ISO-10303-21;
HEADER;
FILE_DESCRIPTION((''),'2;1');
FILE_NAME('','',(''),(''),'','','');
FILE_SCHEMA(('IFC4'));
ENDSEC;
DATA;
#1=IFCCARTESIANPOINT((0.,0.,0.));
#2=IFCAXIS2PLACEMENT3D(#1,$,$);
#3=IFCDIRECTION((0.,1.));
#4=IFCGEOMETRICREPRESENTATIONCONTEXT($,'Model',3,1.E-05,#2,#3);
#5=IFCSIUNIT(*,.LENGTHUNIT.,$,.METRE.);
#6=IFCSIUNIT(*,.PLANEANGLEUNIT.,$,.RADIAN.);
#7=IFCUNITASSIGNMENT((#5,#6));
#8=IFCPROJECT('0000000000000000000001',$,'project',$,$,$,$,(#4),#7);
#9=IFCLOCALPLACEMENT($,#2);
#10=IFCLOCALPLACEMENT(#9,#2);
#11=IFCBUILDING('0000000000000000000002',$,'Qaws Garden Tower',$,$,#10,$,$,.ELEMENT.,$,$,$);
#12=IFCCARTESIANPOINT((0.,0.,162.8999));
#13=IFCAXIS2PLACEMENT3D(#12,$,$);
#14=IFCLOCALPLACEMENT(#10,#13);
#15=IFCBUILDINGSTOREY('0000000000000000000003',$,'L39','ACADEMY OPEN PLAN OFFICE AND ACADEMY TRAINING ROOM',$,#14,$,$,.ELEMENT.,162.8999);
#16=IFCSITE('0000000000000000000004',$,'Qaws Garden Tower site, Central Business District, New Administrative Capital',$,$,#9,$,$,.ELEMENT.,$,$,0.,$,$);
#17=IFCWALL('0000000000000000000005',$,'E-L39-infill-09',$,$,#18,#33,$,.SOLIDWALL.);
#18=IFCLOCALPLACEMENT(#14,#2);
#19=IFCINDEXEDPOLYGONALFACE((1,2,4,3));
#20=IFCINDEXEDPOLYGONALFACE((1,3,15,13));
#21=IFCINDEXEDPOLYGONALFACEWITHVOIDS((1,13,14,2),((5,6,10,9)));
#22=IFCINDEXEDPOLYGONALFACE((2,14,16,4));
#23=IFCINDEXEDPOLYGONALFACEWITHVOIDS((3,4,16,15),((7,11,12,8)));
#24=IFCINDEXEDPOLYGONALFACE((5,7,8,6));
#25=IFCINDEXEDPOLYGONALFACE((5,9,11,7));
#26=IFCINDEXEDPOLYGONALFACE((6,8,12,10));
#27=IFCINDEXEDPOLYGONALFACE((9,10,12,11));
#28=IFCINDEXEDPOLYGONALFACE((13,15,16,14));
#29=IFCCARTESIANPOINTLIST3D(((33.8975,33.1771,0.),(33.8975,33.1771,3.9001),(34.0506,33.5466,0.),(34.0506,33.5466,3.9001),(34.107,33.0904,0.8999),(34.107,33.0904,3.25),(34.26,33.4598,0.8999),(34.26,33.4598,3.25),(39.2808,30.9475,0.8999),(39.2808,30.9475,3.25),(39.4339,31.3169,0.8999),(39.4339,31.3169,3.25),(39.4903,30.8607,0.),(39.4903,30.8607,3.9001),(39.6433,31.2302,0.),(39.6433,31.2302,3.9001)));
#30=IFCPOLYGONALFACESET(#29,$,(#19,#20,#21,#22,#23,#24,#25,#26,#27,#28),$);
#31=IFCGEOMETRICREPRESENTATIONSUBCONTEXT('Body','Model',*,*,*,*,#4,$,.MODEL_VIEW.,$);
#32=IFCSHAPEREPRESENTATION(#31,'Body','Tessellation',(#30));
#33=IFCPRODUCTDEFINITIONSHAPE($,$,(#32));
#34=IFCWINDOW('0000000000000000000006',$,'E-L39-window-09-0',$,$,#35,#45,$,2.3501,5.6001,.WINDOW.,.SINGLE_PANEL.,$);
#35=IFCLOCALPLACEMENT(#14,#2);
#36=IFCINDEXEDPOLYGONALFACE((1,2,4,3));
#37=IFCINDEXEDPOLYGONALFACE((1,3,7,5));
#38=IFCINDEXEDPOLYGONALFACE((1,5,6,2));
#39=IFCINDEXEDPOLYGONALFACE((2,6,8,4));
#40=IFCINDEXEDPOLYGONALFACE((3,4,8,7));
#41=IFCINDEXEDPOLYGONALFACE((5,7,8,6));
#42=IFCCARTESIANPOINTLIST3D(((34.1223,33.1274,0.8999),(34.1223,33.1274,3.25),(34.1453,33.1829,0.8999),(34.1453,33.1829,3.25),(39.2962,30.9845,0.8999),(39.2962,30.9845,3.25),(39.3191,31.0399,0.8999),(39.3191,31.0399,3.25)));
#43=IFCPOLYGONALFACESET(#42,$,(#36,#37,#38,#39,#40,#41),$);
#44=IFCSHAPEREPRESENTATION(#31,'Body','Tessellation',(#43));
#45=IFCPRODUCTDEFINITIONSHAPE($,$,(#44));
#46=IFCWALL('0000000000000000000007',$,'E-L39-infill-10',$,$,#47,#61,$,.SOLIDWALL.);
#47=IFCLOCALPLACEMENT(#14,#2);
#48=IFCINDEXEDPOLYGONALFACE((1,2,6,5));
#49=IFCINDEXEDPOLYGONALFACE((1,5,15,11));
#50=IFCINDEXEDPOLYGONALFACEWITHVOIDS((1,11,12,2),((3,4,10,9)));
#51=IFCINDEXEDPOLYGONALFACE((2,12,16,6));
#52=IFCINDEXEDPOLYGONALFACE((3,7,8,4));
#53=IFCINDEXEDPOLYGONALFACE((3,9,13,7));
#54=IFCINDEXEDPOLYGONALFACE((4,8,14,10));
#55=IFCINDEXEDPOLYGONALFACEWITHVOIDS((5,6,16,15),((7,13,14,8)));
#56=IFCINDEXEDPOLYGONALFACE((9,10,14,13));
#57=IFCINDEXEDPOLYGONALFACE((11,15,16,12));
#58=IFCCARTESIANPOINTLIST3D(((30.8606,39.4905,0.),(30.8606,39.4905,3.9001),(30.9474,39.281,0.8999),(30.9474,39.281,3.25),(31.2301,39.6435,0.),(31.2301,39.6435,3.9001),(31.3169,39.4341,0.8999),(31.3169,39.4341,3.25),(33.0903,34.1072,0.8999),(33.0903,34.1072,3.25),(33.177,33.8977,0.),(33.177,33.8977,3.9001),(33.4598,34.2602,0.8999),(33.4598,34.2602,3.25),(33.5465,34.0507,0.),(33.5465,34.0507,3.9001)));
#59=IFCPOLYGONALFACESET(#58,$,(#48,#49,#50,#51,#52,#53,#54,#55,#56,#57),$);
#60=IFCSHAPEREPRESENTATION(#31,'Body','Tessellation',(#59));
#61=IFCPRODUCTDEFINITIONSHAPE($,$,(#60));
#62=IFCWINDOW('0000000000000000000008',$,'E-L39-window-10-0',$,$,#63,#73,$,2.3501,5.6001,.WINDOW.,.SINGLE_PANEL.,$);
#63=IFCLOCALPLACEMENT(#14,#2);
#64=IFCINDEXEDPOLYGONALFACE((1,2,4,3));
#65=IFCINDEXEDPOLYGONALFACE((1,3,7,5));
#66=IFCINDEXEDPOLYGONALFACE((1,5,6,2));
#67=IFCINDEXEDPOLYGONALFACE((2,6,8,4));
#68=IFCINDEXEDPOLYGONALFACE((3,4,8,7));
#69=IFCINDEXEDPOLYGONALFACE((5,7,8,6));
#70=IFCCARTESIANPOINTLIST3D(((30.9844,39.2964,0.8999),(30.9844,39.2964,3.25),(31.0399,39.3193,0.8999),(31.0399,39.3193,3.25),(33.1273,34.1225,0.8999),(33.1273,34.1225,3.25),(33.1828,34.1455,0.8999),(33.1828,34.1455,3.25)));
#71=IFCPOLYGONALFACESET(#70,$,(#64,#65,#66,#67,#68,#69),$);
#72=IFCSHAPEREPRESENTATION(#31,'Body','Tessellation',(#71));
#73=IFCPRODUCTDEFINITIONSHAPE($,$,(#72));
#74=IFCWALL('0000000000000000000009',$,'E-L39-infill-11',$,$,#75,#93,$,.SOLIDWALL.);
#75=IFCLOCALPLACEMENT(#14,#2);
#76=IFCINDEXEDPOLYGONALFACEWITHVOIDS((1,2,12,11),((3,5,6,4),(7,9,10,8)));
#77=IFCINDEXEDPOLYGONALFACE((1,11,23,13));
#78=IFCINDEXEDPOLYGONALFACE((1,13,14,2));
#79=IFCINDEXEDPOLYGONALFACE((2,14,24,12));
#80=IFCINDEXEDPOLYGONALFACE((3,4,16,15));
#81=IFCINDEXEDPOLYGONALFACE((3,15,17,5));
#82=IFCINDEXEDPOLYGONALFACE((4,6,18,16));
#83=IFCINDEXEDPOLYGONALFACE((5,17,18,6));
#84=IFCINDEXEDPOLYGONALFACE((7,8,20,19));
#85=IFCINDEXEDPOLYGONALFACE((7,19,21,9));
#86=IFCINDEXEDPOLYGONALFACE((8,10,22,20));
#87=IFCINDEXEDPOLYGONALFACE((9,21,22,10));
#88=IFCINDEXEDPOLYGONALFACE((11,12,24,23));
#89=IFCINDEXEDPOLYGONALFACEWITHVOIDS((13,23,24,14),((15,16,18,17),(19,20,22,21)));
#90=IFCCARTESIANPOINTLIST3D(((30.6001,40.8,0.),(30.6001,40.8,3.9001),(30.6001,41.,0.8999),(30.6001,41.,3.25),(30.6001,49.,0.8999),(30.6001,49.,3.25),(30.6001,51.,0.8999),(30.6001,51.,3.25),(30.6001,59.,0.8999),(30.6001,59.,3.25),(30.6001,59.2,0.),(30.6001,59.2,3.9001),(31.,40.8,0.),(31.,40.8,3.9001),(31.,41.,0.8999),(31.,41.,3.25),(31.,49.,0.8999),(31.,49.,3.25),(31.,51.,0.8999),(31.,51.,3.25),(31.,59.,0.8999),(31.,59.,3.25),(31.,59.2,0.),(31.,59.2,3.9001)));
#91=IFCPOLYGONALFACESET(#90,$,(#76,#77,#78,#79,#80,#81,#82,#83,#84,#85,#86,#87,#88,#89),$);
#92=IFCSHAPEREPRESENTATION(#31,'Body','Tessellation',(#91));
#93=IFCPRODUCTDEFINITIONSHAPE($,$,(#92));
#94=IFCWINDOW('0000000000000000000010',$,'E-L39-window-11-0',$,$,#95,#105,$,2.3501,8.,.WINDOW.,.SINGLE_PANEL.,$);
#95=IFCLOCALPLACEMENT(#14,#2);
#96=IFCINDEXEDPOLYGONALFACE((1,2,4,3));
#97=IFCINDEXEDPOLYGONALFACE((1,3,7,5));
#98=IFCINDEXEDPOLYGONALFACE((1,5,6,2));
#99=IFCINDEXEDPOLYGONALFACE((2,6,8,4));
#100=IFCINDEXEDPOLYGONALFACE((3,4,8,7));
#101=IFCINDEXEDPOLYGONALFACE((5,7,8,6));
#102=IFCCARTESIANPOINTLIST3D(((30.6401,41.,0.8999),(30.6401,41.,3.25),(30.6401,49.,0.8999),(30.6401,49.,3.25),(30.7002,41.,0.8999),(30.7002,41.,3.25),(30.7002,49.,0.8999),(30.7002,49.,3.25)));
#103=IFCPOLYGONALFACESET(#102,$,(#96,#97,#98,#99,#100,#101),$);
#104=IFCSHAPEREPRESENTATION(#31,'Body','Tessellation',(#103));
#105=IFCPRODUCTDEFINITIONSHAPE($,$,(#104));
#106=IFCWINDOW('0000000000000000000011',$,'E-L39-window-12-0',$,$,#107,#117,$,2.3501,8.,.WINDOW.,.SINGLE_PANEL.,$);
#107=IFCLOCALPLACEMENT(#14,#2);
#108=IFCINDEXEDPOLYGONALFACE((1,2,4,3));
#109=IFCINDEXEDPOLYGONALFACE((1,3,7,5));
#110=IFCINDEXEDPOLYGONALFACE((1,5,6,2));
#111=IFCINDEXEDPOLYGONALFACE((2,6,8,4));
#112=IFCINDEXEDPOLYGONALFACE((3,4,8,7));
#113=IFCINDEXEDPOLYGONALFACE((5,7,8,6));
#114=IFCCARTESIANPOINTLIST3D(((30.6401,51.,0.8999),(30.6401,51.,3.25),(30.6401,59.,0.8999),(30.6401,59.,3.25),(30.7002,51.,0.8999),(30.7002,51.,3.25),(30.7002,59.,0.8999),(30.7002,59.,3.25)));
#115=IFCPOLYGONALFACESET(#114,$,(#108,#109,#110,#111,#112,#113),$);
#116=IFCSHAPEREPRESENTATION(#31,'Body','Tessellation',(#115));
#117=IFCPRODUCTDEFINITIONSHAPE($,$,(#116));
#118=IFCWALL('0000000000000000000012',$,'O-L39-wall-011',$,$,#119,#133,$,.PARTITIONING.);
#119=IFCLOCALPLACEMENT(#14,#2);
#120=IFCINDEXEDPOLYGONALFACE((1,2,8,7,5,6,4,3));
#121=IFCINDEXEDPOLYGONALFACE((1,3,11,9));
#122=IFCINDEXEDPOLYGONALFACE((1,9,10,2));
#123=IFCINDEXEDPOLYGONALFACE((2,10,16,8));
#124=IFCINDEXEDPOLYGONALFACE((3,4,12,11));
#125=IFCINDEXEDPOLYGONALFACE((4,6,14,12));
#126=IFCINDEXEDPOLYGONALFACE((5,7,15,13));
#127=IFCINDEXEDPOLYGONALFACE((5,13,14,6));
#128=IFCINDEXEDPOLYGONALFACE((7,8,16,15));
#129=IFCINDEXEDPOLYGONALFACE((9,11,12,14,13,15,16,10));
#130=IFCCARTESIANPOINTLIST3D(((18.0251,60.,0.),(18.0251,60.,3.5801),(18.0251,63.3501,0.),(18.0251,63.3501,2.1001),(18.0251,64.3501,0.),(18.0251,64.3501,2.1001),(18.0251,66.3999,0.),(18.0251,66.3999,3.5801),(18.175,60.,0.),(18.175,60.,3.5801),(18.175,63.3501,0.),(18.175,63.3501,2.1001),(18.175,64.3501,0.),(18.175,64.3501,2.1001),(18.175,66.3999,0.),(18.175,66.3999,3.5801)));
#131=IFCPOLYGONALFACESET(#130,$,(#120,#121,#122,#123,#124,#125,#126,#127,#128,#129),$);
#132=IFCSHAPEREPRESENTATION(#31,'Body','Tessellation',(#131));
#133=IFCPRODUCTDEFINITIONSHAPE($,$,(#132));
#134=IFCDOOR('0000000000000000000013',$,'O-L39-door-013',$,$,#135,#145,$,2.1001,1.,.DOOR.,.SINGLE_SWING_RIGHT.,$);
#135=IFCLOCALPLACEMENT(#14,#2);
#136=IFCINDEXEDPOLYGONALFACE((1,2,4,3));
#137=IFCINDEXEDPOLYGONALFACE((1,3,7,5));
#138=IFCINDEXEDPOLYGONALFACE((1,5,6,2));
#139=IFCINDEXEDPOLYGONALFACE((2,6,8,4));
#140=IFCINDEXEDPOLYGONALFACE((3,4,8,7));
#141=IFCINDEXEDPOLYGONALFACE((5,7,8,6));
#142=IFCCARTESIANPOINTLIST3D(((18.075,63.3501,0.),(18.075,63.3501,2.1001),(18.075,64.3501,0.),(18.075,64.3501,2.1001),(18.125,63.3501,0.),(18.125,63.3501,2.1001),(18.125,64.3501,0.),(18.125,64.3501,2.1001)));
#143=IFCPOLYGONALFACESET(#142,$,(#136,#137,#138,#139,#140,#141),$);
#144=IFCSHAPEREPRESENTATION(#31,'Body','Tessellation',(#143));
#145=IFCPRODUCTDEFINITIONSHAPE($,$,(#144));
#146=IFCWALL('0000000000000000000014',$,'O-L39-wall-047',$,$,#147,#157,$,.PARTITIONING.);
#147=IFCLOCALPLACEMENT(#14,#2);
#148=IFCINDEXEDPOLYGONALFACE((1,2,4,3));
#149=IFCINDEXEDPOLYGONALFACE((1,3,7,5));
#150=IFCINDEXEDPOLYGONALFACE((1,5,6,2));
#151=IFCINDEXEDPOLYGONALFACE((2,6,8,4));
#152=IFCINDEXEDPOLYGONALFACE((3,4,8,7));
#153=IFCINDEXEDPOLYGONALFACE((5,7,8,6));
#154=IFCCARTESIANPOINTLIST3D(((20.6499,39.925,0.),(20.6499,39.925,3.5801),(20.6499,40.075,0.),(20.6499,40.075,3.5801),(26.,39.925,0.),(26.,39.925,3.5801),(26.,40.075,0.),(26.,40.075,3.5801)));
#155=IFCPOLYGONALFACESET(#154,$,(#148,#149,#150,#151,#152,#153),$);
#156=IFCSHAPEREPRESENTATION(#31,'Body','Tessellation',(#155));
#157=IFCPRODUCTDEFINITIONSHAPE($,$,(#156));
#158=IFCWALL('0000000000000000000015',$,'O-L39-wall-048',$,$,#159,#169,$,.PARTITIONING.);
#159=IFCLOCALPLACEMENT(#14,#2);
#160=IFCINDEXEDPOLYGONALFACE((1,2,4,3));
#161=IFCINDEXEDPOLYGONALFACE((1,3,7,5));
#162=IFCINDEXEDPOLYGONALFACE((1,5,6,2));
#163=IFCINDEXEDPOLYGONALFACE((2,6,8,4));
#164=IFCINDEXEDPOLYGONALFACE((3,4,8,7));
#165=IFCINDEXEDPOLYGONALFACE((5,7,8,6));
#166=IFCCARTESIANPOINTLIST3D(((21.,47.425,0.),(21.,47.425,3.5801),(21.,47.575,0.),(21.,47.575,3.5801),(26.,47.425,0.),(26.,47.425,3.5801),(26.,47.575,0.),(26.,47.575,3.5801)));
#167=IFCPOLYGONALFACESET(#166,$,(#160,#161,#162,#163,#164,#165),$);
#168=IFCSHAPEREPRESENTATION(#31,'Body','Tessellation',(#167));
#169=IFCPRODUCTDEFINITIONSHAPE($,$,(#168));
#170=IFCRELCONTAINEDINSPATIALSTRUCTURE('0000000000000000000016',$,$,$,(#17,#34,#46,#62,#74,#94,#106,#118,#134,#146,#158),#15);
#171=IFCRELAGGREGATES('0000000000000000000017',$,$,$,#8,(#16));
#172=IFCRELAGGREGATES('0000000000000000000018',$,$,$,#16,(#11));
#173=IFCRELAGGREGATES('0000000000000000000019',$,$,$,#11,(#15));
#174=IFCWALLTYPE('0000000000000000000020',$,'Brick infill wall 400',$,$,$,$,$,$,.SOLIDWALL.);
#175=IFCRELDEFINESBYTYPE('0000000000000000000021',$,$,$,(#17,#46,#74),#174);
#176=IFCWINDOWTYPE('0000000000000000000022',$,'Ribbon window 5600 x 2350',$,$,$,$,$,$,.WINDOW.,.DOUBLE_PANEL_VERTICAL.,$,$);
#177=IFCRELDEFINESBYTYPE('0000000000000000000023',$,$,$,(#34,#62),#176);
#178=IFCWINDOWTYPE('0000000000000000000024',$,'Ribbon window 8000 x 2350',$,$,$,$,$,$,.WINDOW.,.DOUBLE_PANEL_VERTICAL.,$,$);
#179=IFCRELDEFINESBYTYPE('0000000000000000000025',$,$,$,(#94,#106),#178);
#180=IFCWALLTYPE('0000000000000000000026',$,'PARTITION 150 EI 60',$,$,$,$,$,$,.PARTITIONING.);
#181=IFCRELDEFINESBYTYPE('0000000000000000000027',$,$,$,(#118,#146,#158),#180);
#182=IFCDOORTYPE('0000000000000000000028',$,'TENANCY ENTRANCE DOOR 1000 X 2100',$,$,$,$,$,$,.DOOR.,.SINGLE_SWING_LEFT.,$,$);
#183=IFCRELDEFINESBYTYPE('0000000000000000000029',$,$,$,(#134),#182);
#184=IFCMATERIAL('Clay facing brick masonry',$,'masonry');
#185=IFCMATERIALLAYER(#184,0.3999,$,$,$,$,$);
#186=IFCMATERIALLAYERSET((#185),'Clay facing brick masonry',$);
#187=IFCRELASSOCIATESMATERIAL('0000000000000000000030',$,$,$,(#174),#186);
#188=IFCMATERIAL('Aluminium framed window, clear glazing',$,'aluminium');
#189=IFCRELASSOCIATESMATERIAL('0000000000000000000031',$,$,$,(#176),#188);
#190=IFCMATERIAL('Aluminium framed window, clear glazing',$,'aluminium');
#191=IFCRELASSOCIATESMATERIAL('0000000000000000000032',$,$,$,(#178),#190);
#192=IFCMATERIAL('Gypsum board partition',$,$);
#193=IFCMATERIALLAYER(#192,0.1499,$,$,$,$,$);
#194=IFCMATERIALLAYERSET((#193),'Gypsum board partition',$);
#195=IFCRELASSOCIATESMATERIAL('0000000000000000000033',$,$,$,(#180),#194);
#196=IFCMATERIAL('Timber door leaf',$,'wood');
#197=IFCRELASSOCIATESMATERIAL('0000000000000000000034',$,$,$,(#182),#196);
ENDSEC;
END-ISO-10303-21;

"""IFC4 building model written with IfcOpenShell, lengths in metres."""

from ifc_helpers import new_model, si_unit, direction, frame, frame_2d, origin, place, context, subcontext, project, spatial, rectangle, extrude, material, layer, layer_set, type_object, element, fill, save


model = new_model("IFC4")

# Units and contexts
model_context = context("Model", 3, precision=1e-05, world=origin(), true_north=direction((0.0, 1.0)))
body_context = subcontext(model_context, "Body", "Model", "MODEL_VIEW")
ifc_project = project(units=[si_unit("LENGTHUNIT", "METRE"), si_unit("PLANEANGLEUNIT", "RADIAN")], contexts=[model_context])

# Site, building, storey
site_placement = place(None, origin())
site = spatial("IfcSite", under=ifc_project, at=site_placement, Name="Qaws Garden Tower site, Central Business District, New Administrative Capital", CompositionType="ELEMENT", RefElevation=0.0)
building_placement = place(site_placement, origin())
building = spatial("IfcBuilding", under=site, at=building_placement, Name="Qaws Garden Tower", CompositionType="ELEMENT")
storey_placement = place(building_placement, frame((0.0, 0.0, 162.8999)))
storey = spatial("IfcBuildingStorey", under=building, at=storey_placement, Name="L39", Description="ACADEMY OPEN PLAN OFFICE AND ACADEMY TRAINING ROOM", CompositionType="ELEMENT", Elevation=162.8999)

# Walls, openings, windows
ifc_material_1 = material(Name="Clay facing brick masonry", Category="masonry")
ifc_layer_1 = layer(ifc_material_1, 0.3999)
ifc_layer_set_1 = layer_set([ifc_layer_1], Name="Clay facing brick masonry")
wall_type_1 = type_object("IfcWallType", Name="Brick infill wall 400", PredefinedType="SOLIDWALL", material=ifc_layer_set_1)
wall_1_placement = place(storey_placement, frame((39.5669, 31.0454, 0.0), z_axis=(0.0, 0.0, 1.0), x_axis=(-0.923891, 0.382656, 0.0)))
wall_1 = element("IfcWall", 1, at=wall_1_placement, inside=storey, type_object=wall_type_1, Name="E-L39-infill-09", PredefinedType="SOLIDWALL", context=body_context, shape_type="SweptSolid", body=[
    extrude(rectangle(XDim=6.0535, YDim=0.3999, at=frame_2d((3.0269, 0.0))), origin(), (0.0, 0.0, 1.0), 3.9001),
])
opening_1_placement = place(wall_1_placement, frame((0.2268, 0.0, 0.8999)))
opening_1 = element("IfcOpeningElement", 2, at=opening_1_placement, cuts=wall_1, PredefinedType="OPENING", context=body_context, shape_type="SweptSolid", body=[
    extrude(rectangle(XDim=5.6001, YDim=2.3501, at=frame_2d((2.8, 1.175))), frame((0.0, 0.21, 0.0), z_axis=(0.0, -1.0, 0.0), x_axis=(1.0, 0.0, 0.0)), (0.0, 0.0, 1.0), 0.4199),
])
ifc_material_2 = material(Name="Aluminium framed window, clear glazing", Category="aluminium")
window_type_1 = type_object("IfcWindowType", Name="Ribbon window 5600 x 2350", PartitioningType="DOUBLE_PANEL_VERTICAL", PredefinedType="WINDOW", material=ifc_material_2)
window_1_placement = place(opening_1_placement, origin())
window_1 = element("IfcWindow", 3, at=window_1_placement, inside=storey, type_object=window_type_1, Name="E-L39-window-09-0", OverallHeight=2.3501, OverallWidth=5.6001, PartitioningType="SINGLE_PANEL", PredefinedType="WINDOW", context=body_context, shape_type="SweptSolid", body=[
    extrude(rectangle(XDim=5.6001, YDim=2.3501, at=frame_2d((2.8, 1.175))), frame((0.0, 0.1599, 0.0), z_axis=(0.0, -1.0, 0.0), x_axis=(1.0, 0.0, 0.0)), (0.0, 0.0, 1.0), 0.0601),
])
fill(opening_1, window_1)
wall_2_placement = place(storey_placement, frame((33.3618, 33.9741, 0.0), z_axis=(0.0, 0.0, 1.0), x_axis=(-0.382656, 0.923891, 0.0)))
wall_2 = element("IfcWall", 4, at=wall_2_placement, inside=storey, type_object=wall_type_1, Name="E-L39-infill-10", PredefinedType="SOLIDWALL", context=body_context, shape_type="SweptSolid", body=[
    extrude(rectangle(XDim=6.0535, YDim=0.3999, at=frame_2d((3.0269, 0.0))), origin(), (0.0, 0.0, 1.0), 3.9001),
])
opening_2_placement = place(wall_2_placement, frame((0.2268, 0.0, 0.8999)))
opening_2 = element("IfcOpeningElement", 5, at=opening_2_placement, cuts=wall_2, PredefinedType="OPENING", context=body_context, shape_type="SweptSolid", body=[
    extrude(rectangle(XDim=5.6001, YDim=2.3501, at=frame_2d((2.8, 1.175))), frame((0.0, 0.21, 0.0), z_axis=(0.0, -1.0, 0.0), x_axis=(1.0, 0.0, 0.0)), (0.0, 0.0, 1.0), 0.4199),
])
window_2_placement = place(opening_2_placement, origin())
window_2 = element("IfcWindow", 6, at=window_2_placement, inside=storey, type_object=window_type_1, Name="E-L39-window-10-0", OverallHeight=2.3501, OverallWidth=5.6001, PartitioningType="SINGLE_PANEL", PredefinedType="WINDOW", context=body_context, shape_type="SweptSolid", body=[
    extrude(rectangle(XDim=5.6001, YDim=2.3501, at=frame_2d((2.8, 1.175))), frame((0.0, 0.1599, 0.0), z_axis=(0.0, -1.0, 0.0), x_axis=(1.0, 0.0, 0.0)), (0.0, 0.0, 1.0), 0.0601),
])
fill(opening_2, window_2)

# Wall, openings, windows
wall_3_placement = place(storey_placement, frame((30.8, 40.8, 0.0), z_axis=(0.0, 0.0, 1.0), x_axis=(0.0, 1.0, 0.0)))
wall_3 = element("IfcWall", 7, at=wall_3_placement, inside=storey, type_object=wall_type_1, Name="E-L39-infill-11", PredefinedType="SOLIDWALL", context=body_context, shape_type="SweptSolid", body=[
    extrude(rectangle(XDim=18.3999, YDim=0.3999, at=frame_2d((9.2, 0.0))), origin(), (0.0, 0.0, 1.0), 3.9001),
])
opening_3_placement = place(wall_3_placement, frame((0.2, 0.0, 0.8999)))
opening_3 = element("IfcOpeningElement", 8, at=opening_3_placement, cuts=wall_3, PredefinedType="OPENING", context=body_context, shape_type="SweptSolid", body=[
    extrude(rectangle(XDim=8.0, YDim=2.3501, at=frame_2d((4.0, 1.175))), frame((0.0, 0.21, 0.0), z_axis=(0.0, -1.0, 0.0), x_axis=(1.0, 0.0, 0.0)), (0.0, 0.0, 1.0), 0.4199),
])
opening_4_placement = place(wall_3_placement, frame((10.2, 0.0, 0.8999)))
opening_4 = element("IfcOpeningElement", 9, at=opening_4_placement, cuts=wall_3, PredefinedType="OPENING", context=body_context, shape_type="SweptSolid", body=[
    extrude(rectangle(XDim=8.0, YDim=2.3501, at=frame_2d((4.0, 1.175))), frame((0.0, 0.21, 0.0), z_axis=(0.0, -1.0, 0.0), x_axis=(1.0, 0.0, 0.0)), (0.0, 0.0, 1.0), 0.4199),
])
ifc_material_3 = material(Name="Aluminium framed window, clear glazing", Category="aluminium")
window_type_2 = type_object("IfcWindowType", Name="Ribbon window 8000 x 2350", PartitioningType="DOUBLE_PANEL_VERTICAL", PredefinedType="WINDOW", material=ifc_material_3)
window_3_placement = place(opening_3_placement, origin())
window_3 = element("IfcWindow", 10, at=window_3_placement, inside=storey, type_object=window_type_2, Name="E-L39-window-11-0", OverallHeight=2.3501, OverallWidth=8.0, PartitioningType="SINGLE_PANEL", PredefinedType="WINDOW", context=body_context, shape_type="SweptSolid", body=[
    extrude(rectangle(XDim=8.0, YDim=2.3501, at=frame_2d((4.0, 1.175))), frame((0.0, 0.1599, 0.0), z_axis=(0.0, -1.0, 0.0), x_axis=(1.0, 0.0, 0.0)), (0.0, 0.0, 1.0), 0.0601),
])
fill(opening_3, window_3)
window_4_placement = place(opening_4_placement, origin())
window_4 = element("IfcWindow", 11, at=window_4_placement, inside=storey, type_object=window_type_2, Name="E-L39-window-12-0", OverallHeight=2.3501, OverallWidth=8.0, PartitioningType="SINGLE_PANEL", PredefinedType="WINDOW", context=body_context, shape_type="SweptSolid", body=[
    extrude(rectangle(XDim=8.0, YDim=2.3501, at=frame_2d((4.0, 1.175))), frame((0.0, 0.1599, 0.0), z_axis=(0.0, -1.0, 0.0), x_axis=(1.0, 0.0, 0.0)), (0.0, 0.0, 1.0), 0.0601),
])
fill(opening_4, window_4)

# Wall, opening, door
ifc_material_4 = material(Name="Gypsum board partition")
ifc_layer_2 = layer(ifc_material_4, 0.1499)
ifc_layer_set_2 = layer_set([ifc_layer_2], Name="Gypsum board partition")
wall_type_2 = type_object("IfcWallType", Name="PARTITION 150 EI 60", PredefinedType="PARTITIONING", material=ifc_layer_set_2)
wall_4_placement = place(storey_placement, frame((18.1001, 60.0, 0.0), z_axis=(0.0, 0.0, 1.0), x_axis=(0.0, 1.0, 0.0)))
wall_4 = element("IfcWall", 12, at=wall_4_placement, inside=storey, type_object=wall_type_2, Name="O-L39-wall-011", PredefinedType="PARTITIONING", context=body_context, shape_type="SweptSolid", body=[
    extrude(rectangle(XDim=6.3999, YDim=0.1499, at=frame_2d((3.2, 0.0))), origin(), (0.0, 0.0, 1.0), 3.5801),
])
opening_5_placement = place(wall_4_placement, frame((3.3501, 0.0, 0.0)))
opening_5 = element("IfcOpeningElement", 13, at=opening_5_placement, cuts=wall_4, PredefinedType="OPENING", context=body_context, shape_type="SweptSolid", body=[
    extrude(rectangle(XDim=1.0, YDim=2.1001, at=frame_2d((0.5, 1.05))), frame((0.0, 0.085, 0.0), z_axis=(0.0, -1.0, 0.0), x_axis=(1.0, 0.0, 0.0)), (0.0, 0.0, 1.0), 0.1699),
])
ifc_material_5 = material(Name="Timber door leaf", Category="wood")
door_type = type_object("IfcDoorType", Name="TENANCY ENTRANCE DOOR 1000 X 2100", OperationType="SINGLE_SWING_LEFT", PredefinedType="DOOR", material=ifc_material_5)
door_placement = place(opening_5_placement, frame((1.0, 0.0, 0.0), z_axis=(0.0, 0.0, 1.0), x_axis=(-1.0, 0.0, 0.0)))
door = element("IfcDoor", 14, at=door_placement, inside=storey, type_object=door_type, Name="O-L39-door-013", OperationType="SINGLE_SWING_RIGHT", OverallHeight=2.1001, OverallWidth=1.0, PredefinedType="DOOR", context=body_context, shape_type="SweptSolid", body=[
    extrude(rectangle(XDim=1.0, YDim=2.1001, at=frame_2d((0.5, 1.05))), frame((0.0, 0.0249, 0.0), z_axis=(0.0, -1.0, 0.0), x_axis=(1.0, 0.0, 0.0)), (0.0, 0.0, 1.0), 0.05),
])
fill(opening_5, door)

# Walls
wall_5_placement = place(storey_placement, frame((20.6499, 40.0, 0.0), z_axis=(0.0, 0.0, 1.0), x_axis=(1.0, 0.0, 0.0)))
element("IfcWall", 15, at=wall_5_placement, inside=storey, type_object=wall_type_2, Name="O-L39-wall-047", PredefinedType="PARTITIONING", context=body_context, shape_type="SweptSolid", body=[
    extrude(rectangle(XDim=5.3501, YDim=0.1499, at=frame_2d((2.675, 0.0))), origin(), (0.0, 0.0, 1.0), 3.5801),
])
for number, where, z_axis, x_axis, name in (
    (16, (21.0, 47.5, 0.0), (0.0, 0.0, 1.0), (1.0, 0.0, 0.0), "O-L39-wall-048"),
):
    element("IfcWall", number, at=place(storey_placement, frame(where, z_axis=z_axis, x_axis=x_axis)), inside=storey, type_object=wall_type_2, Name=name, PredefinedType="PARTITIONING", context=body_context, shape_type="SweptSolid", body=[
        extrude(rectangle(XDim=5.0, YDim=0.1499, at=frame_2d((2.5, 0.0))), origin(), (0.0, 0.0, 1.0), 3.5801),
    ])

save(model, "model.ifc")
